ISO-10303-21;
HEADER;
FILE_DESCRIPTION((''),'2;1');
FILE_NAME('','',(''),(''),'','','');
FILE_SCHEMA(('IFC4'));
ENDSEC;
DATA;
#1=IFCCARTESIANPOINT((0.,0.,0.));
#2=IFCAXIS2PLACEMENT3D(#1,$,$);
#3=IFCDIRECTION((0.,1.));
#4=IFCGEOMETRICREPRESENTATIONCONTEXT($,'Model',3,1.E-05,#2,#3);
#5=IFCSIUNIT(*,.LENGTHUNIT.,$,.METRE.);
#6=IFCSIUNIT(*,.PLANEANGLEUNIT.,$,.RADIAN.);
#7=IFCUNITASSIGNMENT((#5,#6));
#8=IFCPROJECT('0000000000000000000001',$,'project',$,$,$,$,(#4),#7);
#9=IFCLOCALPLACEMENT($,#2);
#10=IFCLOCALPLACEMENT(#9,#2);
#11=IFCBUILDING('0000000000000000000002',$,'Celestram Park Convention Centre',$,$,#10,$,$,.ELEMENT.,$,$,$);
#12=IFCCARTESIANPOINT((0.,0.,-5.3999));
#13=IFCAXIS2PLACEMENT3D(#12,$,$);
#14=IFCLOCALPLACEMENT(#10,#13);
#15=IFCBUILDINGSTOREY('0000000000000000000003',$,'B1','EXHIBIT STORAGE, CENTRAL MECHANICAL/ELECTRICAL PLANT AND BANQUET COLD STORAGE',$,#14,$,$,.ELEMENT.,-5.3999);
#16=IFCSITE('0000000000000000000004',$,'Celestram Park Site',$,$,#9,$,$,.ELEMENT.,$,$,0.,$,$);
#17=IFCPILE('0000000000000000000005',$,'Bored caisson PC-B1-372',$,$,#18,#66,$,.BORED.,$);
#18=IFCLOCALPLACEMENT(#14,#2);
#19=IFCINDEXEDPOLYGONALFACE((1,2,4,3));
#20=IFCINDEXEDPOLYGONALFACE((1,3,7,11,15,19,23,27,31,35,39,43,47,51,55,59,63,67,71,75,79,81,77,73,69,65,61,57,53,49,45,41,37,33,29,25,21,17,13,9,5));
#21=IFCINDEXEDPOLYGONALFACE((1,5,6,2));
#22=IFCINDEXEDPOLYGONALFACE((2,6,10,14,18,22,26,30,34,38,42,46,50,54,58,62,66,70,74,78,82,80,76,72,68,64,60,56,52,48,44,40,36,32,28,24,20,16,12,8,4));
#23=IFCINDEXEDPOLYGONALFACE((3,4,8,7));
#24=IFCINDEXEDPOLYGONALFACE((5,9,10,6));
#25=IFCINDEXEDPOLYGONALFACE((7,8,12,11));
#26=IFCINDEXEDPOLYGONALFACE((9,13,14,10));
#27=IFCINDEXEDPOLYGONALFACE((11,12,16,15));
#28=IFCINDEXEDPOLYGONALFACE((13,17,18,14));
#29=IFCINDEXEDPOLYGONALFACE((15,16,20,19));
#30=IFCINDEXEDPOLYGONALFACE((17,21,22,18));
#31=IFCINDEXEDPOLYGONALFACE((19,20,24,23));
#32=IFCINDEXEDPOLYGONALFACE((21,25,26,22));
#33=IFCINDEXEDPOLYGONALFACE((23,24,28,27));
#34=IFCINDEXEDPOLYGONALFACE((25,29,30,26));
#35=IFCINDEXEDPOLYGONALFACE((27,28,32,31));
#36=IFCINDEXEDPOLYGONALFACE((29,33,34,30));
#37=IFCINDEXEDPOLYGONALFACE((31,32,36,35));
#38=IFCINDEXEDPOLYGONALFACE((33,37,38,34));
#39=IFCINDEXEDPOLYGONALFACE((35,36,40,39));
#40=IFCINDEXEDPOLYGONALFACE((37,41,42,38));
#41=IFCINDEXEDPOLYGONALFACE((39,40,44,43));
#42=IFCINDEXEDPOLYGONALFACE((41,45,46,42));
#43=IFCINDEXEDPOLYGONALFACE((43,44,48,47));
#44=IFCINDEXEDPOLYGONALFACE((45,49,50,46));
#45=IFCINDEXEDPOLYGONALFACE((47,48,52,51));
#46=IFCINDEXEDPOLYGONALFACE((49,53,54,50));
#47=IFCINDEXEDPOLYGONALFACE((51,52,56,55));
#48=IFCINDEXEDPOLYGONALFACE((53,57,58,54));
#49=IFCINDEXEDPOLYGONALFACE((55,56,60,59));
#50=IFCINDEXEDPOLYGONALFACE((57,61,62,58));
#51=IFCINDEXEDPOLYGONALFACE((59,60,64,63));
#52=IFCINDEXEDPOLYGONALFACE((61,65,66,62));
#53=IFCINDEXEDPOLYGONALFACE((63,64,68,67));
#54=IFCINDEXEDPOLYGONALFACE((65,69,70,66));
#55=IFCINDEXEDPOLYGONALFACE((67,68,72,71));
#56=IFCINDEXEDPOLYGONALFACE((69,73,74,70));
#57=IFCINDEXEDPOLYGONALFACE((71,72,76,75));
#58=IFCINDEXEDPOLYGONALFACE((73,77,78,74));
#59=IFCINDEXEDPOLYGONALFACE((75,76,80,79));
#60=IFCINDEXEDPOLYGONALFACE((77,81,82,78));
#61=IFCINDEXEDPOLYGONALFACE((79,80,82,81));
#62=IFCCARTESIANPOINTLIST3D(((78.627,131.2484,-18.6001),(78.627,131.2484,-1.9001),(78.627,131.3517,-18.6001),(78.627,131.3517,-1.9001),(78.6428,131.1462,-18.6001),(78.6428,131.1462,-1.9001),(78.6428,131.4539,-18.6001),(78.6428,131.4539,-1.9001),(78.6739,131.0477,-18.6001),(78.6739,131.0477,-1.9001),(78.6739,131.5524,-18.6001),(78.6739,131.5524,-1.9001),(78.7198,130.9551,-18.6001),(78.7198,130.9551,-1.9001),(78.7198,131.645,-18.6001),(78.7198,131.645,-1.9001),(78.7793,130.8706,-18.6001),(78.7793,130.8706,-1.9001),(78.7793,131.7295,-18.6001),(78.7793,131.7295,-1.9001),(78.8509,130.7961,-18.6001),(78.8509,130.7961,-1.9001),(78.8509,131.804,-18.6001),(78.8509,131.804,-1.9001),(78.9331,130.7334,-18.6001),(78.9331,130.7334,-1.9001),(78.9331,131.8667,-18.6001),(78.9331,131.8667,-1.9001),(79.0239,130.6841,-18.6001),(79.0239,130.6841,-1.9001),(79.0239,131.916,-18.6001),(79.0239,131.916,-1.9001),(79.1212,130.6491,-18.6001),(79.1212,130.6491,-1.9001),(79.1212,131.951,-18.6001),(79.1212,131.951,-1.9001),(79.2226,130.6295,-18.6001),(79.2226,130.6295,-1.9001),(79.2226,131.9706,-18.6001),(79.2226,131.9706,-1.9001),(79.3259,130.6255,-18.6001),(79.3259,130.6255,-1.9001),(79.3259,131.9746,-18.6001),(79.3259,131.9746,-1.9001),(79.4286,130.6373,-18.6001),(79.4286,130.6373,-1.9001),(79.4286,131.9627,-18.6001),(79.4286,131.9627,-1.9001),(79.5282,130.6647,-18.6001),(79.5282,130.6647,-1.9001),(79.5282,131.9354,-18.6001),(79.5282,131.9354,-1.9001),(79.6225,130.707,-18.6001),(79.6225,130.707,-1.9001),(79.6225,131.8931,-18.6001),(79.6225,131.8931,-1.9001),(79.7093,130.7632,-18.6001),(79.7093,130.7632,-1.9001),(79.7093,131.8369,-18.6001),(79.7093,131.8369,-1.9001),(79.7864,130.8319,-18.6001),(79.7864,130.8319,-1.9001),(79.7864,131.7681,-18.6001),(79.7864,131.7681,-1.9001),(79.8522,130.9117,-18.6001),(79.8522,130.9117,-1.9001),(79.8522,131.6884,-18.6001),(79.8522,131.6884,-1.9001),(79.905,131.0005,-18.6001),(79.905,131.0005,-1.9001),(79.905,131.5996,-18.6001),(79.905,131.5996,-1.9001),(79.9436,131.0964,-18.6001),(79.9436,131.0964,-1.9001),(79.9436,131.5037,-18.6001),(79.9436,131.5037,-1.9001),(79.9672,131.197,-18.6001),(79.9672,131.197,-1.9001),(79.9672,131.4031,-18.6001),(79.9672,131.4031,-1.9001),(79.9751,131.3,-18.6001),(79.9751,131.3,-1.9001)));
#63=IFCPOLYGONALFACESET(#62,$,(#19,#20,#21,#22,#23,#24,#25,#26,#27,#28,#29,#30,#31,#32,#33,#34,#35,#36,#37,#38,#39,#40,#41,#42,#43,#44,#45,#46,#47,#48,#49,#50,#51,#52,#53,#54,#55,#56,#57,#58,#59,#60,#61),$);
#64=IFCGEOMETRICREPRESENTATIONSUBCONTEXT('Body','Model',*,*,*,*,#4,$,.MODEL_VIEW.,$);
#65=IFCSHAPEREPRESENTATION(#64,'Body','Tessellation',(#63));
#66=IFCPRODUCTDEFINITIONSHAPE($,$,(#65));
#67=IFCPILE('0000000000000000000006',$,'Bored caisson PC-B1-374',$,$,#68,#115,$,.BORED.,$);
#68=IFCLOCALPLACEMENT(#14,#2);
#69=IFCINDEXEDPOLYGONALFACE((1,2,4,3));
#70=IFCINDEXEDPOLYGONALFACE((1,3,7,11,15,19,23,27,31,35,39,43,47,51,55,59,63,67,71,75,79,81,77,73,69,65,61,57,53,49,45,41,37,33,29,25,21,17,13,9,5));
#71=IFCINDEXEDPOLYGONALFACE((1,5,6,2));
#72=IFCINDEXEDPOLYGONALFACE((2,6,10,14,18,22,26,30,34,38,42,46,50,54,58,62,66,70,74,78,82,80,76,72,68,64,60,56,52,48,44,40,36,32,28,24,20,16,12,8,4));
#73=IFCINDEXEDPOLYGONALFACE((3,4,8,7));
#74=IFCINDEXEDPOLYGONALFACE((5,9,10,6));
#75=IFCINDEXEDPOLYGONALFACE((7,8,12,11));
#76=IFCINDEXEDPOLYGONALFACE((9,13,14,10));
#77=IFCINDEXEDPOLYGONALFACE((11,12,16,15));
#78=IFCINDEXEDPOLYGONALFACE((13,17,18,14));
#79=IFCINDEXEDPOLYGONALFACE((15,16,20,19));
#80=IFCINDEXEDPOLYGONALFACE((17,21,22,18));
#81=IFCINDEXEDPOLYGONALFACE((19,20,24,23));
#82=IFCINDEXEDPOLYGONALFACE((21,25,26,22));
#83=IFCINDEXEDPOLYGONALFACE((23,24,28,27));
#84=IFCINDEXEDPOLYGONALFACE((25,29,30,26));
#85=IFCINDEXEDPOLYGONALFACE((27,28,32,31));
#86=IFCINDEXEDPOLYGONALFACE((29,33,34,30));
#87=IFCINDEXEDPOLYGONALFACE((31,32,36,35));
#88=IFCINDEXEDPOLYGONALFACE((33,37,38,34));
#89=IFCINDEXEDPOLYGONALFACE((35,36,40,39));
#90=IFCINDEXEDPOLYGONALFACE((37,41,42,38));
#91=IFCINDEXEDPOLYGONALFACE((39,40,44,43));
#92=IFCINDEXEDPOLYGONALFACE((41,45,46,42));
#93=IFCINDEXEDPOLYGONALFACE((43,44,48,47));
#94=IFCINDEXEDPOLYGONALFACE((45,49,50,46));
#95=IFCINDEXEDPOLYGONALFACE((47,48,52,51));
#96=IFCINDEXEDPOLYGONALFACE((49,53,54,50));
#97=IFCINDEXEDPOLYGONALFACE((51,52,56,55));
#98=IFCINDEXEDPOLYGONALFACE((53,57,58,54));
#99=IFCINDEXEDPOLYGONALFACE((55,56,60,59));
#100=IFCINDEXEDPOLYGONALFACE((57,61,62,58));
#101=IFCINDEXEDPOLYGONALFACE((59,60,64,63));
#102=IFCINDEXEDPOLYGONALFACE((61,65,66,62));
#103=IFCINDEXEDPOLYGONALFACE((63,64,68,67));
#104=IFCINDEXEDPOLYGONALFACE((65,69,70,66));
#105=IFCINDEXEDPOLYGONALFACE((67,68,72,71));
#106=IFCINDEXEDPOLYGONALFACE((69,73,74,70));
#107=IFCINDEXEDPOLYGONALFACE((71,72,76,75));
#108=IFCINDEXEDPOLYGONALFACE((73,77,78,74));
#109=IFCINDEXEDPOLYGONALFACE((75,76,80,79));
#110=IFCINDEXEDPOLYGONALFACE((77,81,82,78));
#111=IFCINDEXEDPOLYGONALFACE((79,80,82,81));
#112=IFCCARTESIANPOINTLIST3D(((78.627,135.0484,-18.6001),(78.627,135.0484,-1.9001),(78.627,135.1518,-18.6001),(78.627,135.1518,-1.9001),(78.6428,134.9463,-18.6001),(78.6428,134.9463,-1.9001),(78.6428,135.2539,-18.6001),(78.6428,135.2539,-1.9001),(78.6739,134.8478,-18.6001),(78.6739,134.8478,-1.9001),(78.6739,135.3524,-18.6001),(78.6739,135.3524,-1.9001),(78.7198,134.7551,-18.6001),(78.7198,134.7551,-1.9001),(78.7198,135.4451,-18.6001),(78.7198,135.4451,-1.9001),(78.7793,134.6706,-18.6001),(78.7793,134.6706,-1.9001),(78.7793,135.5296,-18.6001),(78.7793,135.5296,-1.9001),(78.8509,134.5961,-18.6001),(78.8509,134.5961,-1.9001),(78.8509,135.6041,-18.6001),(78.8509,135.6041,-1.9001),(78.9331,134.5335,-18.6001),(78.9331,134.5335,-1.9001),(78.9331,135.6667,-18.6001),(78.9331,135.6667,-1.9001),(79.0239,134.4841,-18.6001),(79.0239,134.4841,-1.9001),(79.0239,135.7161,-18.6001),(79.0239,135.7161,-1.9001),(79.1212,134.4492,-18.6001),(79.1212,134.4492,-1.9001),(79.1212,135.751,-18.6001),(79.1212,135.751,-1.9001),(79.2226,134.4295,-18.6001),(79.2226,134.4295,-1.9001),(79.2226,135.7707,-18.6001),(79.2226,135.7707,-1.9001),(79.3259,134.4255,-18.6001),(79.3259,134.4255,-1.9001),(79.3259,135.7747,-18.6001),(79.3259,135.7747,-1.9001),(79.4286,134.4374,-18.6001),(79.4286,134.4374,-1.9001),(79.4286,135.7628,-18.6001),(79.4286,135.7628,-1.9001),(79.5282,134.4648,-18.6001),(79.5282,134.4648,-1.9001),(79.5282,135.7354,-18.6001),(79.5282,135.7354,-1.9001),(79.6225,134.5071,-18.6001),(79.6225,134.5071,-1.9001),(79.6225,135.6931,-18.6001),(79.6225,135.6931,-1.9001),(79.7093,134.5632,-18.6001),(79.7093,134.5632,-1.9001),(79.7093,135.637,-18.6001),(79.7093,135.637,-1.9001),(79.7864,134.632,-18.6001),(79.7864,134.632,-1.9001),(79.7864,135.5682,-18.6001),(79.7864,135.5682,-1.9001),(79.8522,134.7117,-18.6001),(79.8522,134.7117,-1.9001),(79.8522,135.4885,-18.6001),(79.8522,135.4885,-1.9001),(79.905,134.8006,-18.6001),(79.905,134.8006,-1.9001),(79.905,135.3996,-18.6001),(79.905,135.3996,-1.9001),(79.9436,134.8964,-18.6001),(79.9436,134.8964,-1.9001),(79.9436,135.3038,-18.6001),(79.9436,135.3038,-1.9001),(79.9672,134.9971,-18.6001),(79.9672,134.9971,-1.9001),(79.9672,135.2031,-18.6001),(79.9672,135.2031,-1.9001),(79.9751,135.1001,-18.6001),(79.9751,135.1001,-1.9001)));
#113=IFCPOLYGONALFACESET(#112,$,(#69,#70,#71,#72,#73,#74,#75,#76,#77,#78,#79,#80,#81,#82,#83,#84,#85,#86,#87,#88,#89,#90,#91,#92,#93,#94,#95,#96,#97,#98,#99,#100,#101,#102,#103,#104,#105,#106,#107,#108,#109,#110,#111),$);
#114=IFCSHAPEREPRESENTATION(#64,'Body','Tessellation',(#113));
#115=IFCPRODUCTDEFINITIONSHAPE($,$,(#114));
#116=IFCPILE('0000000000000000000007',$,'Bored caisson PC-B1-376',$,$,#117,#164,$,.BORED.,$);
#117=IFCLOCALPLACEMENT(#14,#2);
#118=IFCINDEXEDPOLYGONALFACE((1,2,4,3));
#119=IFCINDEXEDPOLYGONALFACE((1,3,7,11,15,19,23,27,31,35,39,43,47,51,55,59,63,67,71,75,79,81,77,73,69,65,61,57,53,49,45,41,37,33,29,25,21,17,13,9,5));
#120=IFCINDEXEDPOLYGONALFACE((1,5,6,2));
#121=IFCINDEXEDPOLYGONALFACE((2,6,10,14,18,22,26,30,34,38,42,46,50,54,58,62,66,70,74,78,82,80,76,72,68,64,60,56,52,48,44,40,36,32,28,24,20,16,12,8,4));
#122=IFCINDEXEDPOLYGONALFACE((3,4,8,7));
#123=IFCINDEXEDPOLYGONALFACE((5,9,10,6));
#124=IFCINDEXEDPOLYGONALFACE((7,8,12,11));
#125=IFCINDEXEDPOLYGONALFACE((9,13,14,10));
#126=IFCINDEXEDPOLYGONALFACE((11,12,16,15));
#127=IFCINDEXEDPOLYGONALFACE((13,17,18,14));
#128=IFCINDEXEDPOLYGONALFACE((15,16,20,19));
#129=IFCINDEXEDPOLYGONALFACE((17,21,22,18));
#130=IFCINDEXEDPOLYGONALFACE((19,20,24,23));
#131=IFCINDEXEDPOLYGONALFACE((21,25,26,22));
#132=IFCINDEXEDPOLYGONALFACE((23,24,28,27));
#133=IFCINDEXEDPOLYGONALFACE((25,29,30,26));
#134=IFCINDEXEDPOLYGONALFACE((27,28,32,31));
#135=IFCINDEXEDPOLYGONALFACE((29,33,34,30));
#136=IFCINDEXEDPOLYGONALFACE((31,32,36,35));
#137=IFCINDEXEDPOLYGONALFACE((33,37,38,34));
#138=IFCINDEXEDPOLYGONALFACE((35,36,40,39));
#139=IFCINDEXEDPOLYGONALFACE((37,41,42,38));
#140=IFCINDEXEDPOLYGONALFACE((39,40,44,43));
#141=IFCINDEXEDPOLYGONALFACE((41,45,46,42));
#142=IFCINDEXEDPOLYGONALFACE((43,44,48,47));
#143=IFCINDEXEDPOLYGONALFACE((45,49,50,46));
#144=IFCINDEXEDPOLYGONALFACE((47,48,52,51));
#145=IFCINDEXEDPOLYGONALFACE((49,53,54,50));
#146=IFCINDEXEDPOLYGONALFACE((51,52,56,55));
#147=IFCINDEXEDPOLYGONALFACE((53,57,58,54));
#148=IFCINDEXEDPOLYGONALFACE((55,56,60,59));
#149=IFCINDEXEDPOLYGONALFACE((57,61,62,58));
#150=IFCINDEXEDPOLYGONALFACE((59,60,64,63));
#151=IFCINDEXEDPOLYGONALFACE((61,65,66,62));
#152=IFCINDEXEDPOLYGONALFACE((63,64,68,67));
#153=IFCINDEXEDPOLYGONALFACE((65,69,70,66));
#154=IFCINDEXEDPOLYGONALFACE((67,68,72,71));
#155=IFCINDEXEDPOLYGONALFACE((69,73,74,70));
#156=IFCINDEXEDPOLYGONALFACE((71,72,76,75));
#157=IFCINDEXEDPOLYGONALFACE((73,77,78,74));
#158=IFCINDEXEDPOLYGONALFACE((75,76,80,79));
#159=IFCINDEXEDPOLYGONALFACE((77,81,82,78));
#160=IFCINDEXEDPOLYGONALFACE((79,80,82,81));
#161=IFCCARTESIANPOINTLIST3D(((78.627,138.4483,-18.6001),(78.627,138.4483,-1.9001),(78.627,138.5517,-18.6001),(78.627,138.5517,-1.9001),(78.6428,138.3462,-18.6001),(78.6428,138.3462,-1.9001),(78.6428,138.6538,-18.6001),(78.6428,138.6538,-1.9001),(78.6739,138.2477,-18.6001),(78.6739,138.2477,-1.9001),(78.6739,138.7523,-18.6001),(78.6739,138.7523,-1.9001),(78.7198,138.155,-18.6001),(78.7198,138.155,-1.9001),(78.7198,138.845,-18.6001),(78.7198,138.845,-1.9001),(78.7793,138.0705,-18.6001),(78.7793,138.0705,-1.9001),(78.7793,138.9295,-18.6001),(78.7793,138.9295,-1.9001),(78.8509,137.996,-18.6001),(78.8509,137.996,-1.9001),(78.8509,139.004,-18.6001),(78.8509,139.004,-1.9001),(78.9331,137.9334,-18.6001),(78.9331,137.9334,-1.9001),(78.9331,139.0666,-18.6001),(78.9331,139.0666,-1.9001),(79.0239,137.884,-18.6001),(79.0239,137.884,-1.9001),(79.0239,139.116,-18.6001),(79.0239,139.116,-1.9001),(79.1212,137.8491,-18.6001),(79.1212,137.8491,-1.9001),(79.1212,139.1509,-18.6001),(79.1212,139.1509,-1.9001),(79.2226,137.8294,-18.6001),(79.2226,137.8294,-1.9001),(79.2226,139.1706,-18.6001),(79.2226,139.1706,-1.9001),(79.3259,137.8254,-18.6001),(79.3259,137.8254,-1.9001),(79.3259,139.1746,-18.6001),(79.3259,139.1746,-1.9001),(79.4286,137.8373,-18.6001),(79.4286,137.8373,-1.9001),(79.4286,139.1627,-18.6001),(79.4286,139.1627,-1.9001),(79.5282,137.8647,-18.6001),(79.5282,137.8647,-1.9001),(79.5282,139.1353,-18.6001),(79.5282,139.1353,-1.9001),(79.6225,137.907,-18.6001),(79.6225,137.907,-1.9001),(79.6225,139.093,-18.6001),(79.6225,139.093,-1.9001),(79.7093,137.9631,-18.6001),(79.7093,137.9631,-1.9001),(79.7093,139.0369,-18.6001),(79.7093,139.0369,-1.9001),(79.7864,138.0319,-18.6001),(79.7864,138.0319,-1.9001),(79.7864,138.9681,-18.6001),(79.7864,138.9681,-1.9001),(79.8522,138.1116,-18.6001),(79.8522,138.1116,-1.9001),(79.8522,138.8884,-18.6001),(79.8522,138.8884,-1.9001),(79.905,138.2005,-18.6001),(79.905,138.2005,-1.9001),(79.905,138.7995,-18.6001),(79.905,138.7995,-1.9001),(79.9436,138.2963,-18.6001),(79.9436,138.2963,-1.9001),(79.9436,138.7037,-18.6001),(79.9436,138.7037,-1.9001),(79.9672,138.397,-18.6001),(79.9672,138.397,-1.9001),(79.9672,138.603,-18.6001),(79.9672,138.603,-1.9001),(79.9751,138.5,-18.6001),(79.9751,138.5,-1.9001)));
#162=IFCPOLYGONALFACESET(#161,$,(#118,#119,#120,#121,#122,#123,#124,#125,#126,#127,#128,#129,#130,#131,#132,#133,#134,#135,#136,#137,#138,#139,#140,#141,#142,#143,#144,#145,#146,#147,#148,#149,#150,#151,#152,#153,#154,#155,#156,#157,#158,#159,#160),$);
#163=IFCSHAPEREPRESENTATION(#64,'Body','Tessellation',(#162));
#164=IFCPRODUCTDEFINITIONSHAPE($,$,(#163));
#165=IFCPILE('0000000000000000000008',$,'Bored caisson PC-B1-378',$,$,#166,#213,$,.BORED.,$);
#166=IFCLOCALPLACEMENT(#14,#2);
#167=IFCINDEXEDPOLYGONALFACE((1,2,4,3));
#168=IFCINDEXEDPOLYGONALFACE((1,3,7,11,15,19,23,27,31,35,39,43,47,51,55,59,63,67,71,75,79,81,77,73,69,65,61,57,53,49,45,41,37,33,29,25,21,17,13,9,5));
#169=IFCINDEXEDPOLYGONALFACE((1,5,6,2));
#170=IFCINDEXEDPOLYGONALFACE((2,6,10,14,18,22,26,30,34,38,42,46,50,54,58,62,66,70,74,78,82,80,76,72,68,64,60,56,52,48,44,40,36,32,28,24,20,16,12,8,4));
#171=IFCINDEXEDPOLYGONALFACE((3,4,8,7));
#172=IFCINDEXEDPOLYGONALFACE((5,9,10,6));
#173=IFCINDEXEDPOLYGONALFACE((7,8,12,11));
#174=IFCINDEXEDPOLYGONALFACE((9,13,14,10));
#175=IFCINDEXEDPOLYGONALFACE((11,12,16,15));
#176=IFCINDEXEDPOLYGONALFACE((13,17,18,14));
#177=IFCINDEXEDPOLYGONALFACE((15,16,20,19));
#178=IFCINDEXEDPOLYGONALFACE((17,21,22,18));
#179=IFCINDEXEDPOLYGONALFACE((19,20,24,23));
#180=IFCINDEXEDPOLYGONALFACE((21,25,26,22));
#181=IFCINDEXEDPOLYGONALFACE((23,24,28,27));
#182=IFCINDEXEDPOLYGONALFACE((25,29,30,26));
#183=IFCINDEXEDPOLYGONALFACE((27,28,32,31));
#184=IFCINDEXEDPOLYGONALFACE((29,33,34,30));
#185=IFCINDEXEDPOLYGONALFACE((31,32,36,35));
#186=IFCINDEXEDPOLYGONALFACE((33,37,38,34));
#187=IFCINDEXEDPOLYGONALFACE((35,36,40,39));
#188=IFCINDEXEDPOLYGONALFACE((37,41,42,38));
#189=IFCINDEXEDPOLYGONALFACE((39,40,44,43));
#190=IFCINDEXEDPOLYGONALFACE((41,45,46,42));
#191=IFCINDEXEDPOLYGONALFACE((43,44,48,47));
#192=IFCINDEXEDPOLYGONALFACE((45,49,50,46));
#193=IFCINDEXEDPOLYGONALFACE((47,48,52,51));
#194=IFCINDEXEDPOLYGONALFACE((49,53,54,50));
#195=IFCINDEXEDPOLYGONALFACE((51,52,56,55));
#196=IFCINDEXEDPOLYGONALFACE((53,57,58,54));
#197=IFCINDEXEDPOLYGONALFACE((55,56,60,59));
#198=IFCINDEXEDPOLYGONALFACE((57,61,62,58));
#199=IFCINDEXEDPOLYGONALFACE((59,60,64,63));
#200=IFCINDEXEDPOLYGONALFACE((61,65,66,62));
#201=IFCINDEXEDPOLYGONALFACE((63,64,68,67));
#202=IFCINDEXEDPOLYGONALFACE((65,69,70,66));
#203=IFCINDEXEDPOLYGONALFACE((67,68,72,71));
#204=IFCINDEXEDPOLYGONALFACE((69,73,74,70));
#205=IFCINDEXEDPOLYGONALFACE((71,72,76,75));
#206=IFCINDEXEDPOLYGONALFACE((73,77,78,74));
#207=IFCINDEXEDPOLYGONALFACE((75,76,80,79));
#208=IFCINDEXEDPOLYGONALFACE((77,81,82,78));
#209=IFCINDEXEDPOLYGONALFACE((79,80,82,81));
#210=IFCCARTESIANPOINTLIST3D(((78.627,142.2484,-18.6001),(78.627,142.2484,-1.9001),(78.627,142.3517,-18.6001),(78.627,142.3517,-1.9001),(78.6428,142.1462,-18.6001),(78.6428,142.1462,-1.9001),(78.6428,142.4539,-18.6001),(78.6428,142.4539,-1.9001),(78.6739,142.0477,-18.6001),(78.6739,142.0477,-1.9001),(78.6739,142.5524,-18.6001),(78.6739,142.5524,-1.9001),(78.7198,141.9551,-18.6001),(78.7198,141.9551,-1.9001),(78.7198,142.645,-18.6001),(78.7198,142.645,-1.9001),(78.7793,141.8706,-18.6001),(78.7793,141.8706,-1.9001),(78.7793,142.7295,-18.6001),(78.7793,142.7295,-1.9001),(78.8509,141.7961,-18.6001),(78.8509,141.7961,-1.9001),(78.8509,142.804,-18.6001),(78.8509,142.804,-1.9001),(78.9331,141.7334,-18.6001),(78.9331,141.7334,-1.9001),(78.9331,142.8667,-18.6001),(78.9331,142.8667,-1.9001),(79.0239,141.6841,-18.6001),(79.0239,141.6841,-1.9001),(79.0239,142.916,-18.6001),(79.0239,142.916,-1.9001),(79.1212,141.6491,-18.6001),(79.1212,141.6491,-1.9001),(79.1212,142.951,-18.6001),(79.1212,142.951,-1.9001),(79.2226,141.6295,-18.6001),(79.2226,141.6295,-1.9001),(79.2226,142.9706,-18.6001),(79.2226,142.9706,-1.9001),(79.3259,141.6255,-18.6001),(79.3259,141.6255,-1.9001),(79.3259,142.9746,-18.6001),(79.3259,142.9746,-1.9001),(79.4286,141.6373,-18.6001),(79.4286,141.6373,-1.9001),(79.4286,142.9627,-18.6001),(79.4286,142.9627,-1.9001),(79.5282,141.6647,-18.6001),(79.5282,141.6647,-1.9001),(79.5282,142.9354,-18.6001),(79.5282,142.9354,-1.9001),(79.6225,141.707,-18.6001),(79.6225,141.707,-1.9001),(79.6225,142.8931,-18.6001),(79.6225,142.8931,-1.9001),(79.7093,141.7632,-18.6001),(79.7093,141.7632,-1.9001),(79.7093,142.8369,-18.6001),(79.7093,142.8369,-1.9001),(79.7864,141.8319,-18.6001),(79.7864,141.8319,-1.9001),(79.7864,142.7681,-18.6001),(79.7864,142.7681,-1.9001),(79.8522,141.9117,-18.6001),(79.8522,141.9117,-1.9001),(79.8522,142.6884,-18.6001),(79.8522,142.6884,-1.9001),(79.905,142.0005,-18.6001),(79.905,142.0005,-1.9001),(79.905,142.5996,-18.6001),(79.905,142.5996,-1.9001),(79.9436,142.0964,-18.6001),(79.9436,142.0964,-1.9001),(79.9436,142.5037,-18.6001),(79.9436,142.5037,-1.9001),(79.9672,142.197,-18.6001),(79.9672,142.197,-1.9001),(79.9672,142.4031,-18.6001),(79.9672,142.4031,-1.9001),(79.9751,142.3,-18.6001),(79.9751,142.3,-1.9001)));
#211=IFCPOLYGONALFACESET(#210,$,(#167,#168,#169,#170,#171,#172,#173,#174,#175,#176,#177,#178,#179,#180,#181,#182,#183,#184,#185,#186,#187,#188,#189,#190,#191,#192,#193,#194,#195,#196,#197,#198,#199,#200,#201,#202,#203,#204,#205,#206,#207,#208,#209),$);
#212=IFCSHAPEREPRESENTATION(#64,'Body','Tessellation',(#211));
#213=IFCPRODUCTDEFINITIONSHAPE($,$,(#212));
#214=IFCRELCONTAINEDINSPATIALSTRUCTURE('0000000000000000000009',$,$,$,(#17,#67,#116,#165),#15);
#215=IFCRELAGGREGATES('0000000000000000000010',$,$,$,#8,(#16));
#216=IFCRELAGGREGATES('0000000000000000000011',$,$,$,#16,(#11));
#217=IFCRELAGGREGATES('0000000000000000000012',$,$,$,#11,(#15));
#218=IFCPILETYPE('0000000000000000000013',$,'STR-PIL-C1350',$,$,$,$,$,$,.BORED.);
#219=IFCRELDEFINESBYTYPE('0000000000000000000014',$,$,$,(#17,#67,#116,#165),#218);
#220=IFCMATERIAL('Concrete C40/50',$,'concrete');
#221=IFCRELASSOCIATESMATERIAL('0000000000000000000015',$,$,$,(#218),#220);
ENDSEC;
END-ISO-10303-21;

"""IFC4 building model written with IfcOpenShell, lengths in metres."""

from ifc_helpers import new_model, si_unit, direction, frame, origin, origin_2d, place, context, subcontext, project, spatial, circle, extrude, material, material_profile, profile_set, type_object, element, save


model = new_model("IFC4")

# Units and contexts
model_context = context("Model", 3, precision=1e-05, world=origin(), true_north=direction((0.0, 1.0)))
body_context = subcontext(model_context, "Body", "Model", "MODEL_VIEW")
ifc_project = project(units=[si_unit("LENGTHUNIT", "METRE"), si_unit("PLANEANGLEUNIT", "RADIAN")], contexts=[model_context])

# Site, building, storey
site_placement = place(None, origin())
site = spatial("IfcSite", under=ifc_project, at=site_placement, Name="Celestram Park Site", CompositionType="ELEMENT", RefElevation=0.0)
building_placement = place(site_placement, origin())
building = spatial("IfcBuilding", under=site, at=building_placement, Name="Celestram Park Convention Centre", CompositionType="ELEMENT")
storey_placement = place(building_placement, frame((0.0, 0.0, -5.3999)))
storey = spatial("IfcBuildingStorey", under=building, at=storey_placement, Name="B1", Description="EXHIBIT STORAGE, CENTRAL MECHANICAL/ELECTRICAL PLANT AND BANQUET COLD STORAGE", CompositionType="ELEMENT", Elevation=-5.3999)

# Shared definitions
ifc_material_1 = material(Name="Concrete C40/50", Category="concrete")

# Piles
ifc_material_profile_1 = material_profile(ifc_material_1, circle(Radius=0.675, at=origin_2d()), Name="CAISSON1350")
ifc_profile_set_1 = profile_set([ifc_material_profile_1], Name="Concrete C40/50")
pile_type = type_object("IfcPileType", Name="STR-PIL-C1350", PredefinedType="BORED", material=ifc_profile_set_1)
for number, where, z_axis, x_axis, name in (
    (1, (79.3, 131.3, -1.9001), (0.0, 0.0, -1.0), (1.0, 0.0, 0.0), "Bored caisson PC-B1-372"),
    (2, (79.3, 135.1001, -1.9001), (0.0, 0.0, -1.0), (1.0, 0.0, 0.0), "Bored caisson PC-B1-374"),
    (3, (79.3, 138.5, -1.9001), (0.0, 0.0, -1.0), (1.0, 0.0, 0.0), "Bored caisson PC-B1-376"),
    (4, (79.3, 142.3, -1.9001), (0.0, 0.0, -1.0), (1.0, 0.0, 0.0), "Bored caisson PC-B1-378"),
):
    element("IfcPile", number, at=place(storey_placement, frame(where, z_axis=z_axis, x_axis=x_axis)), inside=storey, type_object=pile_type, Name=name, PredefinedType="BORED", context=body_context, shape_type="SweptSolid", body=[
        extrude(circle(Radius=0.675, at=origin_2d()), origin(), (0.0, 0.0, 1.0), 16.7),
    ])

save(model, "model.ifc")
